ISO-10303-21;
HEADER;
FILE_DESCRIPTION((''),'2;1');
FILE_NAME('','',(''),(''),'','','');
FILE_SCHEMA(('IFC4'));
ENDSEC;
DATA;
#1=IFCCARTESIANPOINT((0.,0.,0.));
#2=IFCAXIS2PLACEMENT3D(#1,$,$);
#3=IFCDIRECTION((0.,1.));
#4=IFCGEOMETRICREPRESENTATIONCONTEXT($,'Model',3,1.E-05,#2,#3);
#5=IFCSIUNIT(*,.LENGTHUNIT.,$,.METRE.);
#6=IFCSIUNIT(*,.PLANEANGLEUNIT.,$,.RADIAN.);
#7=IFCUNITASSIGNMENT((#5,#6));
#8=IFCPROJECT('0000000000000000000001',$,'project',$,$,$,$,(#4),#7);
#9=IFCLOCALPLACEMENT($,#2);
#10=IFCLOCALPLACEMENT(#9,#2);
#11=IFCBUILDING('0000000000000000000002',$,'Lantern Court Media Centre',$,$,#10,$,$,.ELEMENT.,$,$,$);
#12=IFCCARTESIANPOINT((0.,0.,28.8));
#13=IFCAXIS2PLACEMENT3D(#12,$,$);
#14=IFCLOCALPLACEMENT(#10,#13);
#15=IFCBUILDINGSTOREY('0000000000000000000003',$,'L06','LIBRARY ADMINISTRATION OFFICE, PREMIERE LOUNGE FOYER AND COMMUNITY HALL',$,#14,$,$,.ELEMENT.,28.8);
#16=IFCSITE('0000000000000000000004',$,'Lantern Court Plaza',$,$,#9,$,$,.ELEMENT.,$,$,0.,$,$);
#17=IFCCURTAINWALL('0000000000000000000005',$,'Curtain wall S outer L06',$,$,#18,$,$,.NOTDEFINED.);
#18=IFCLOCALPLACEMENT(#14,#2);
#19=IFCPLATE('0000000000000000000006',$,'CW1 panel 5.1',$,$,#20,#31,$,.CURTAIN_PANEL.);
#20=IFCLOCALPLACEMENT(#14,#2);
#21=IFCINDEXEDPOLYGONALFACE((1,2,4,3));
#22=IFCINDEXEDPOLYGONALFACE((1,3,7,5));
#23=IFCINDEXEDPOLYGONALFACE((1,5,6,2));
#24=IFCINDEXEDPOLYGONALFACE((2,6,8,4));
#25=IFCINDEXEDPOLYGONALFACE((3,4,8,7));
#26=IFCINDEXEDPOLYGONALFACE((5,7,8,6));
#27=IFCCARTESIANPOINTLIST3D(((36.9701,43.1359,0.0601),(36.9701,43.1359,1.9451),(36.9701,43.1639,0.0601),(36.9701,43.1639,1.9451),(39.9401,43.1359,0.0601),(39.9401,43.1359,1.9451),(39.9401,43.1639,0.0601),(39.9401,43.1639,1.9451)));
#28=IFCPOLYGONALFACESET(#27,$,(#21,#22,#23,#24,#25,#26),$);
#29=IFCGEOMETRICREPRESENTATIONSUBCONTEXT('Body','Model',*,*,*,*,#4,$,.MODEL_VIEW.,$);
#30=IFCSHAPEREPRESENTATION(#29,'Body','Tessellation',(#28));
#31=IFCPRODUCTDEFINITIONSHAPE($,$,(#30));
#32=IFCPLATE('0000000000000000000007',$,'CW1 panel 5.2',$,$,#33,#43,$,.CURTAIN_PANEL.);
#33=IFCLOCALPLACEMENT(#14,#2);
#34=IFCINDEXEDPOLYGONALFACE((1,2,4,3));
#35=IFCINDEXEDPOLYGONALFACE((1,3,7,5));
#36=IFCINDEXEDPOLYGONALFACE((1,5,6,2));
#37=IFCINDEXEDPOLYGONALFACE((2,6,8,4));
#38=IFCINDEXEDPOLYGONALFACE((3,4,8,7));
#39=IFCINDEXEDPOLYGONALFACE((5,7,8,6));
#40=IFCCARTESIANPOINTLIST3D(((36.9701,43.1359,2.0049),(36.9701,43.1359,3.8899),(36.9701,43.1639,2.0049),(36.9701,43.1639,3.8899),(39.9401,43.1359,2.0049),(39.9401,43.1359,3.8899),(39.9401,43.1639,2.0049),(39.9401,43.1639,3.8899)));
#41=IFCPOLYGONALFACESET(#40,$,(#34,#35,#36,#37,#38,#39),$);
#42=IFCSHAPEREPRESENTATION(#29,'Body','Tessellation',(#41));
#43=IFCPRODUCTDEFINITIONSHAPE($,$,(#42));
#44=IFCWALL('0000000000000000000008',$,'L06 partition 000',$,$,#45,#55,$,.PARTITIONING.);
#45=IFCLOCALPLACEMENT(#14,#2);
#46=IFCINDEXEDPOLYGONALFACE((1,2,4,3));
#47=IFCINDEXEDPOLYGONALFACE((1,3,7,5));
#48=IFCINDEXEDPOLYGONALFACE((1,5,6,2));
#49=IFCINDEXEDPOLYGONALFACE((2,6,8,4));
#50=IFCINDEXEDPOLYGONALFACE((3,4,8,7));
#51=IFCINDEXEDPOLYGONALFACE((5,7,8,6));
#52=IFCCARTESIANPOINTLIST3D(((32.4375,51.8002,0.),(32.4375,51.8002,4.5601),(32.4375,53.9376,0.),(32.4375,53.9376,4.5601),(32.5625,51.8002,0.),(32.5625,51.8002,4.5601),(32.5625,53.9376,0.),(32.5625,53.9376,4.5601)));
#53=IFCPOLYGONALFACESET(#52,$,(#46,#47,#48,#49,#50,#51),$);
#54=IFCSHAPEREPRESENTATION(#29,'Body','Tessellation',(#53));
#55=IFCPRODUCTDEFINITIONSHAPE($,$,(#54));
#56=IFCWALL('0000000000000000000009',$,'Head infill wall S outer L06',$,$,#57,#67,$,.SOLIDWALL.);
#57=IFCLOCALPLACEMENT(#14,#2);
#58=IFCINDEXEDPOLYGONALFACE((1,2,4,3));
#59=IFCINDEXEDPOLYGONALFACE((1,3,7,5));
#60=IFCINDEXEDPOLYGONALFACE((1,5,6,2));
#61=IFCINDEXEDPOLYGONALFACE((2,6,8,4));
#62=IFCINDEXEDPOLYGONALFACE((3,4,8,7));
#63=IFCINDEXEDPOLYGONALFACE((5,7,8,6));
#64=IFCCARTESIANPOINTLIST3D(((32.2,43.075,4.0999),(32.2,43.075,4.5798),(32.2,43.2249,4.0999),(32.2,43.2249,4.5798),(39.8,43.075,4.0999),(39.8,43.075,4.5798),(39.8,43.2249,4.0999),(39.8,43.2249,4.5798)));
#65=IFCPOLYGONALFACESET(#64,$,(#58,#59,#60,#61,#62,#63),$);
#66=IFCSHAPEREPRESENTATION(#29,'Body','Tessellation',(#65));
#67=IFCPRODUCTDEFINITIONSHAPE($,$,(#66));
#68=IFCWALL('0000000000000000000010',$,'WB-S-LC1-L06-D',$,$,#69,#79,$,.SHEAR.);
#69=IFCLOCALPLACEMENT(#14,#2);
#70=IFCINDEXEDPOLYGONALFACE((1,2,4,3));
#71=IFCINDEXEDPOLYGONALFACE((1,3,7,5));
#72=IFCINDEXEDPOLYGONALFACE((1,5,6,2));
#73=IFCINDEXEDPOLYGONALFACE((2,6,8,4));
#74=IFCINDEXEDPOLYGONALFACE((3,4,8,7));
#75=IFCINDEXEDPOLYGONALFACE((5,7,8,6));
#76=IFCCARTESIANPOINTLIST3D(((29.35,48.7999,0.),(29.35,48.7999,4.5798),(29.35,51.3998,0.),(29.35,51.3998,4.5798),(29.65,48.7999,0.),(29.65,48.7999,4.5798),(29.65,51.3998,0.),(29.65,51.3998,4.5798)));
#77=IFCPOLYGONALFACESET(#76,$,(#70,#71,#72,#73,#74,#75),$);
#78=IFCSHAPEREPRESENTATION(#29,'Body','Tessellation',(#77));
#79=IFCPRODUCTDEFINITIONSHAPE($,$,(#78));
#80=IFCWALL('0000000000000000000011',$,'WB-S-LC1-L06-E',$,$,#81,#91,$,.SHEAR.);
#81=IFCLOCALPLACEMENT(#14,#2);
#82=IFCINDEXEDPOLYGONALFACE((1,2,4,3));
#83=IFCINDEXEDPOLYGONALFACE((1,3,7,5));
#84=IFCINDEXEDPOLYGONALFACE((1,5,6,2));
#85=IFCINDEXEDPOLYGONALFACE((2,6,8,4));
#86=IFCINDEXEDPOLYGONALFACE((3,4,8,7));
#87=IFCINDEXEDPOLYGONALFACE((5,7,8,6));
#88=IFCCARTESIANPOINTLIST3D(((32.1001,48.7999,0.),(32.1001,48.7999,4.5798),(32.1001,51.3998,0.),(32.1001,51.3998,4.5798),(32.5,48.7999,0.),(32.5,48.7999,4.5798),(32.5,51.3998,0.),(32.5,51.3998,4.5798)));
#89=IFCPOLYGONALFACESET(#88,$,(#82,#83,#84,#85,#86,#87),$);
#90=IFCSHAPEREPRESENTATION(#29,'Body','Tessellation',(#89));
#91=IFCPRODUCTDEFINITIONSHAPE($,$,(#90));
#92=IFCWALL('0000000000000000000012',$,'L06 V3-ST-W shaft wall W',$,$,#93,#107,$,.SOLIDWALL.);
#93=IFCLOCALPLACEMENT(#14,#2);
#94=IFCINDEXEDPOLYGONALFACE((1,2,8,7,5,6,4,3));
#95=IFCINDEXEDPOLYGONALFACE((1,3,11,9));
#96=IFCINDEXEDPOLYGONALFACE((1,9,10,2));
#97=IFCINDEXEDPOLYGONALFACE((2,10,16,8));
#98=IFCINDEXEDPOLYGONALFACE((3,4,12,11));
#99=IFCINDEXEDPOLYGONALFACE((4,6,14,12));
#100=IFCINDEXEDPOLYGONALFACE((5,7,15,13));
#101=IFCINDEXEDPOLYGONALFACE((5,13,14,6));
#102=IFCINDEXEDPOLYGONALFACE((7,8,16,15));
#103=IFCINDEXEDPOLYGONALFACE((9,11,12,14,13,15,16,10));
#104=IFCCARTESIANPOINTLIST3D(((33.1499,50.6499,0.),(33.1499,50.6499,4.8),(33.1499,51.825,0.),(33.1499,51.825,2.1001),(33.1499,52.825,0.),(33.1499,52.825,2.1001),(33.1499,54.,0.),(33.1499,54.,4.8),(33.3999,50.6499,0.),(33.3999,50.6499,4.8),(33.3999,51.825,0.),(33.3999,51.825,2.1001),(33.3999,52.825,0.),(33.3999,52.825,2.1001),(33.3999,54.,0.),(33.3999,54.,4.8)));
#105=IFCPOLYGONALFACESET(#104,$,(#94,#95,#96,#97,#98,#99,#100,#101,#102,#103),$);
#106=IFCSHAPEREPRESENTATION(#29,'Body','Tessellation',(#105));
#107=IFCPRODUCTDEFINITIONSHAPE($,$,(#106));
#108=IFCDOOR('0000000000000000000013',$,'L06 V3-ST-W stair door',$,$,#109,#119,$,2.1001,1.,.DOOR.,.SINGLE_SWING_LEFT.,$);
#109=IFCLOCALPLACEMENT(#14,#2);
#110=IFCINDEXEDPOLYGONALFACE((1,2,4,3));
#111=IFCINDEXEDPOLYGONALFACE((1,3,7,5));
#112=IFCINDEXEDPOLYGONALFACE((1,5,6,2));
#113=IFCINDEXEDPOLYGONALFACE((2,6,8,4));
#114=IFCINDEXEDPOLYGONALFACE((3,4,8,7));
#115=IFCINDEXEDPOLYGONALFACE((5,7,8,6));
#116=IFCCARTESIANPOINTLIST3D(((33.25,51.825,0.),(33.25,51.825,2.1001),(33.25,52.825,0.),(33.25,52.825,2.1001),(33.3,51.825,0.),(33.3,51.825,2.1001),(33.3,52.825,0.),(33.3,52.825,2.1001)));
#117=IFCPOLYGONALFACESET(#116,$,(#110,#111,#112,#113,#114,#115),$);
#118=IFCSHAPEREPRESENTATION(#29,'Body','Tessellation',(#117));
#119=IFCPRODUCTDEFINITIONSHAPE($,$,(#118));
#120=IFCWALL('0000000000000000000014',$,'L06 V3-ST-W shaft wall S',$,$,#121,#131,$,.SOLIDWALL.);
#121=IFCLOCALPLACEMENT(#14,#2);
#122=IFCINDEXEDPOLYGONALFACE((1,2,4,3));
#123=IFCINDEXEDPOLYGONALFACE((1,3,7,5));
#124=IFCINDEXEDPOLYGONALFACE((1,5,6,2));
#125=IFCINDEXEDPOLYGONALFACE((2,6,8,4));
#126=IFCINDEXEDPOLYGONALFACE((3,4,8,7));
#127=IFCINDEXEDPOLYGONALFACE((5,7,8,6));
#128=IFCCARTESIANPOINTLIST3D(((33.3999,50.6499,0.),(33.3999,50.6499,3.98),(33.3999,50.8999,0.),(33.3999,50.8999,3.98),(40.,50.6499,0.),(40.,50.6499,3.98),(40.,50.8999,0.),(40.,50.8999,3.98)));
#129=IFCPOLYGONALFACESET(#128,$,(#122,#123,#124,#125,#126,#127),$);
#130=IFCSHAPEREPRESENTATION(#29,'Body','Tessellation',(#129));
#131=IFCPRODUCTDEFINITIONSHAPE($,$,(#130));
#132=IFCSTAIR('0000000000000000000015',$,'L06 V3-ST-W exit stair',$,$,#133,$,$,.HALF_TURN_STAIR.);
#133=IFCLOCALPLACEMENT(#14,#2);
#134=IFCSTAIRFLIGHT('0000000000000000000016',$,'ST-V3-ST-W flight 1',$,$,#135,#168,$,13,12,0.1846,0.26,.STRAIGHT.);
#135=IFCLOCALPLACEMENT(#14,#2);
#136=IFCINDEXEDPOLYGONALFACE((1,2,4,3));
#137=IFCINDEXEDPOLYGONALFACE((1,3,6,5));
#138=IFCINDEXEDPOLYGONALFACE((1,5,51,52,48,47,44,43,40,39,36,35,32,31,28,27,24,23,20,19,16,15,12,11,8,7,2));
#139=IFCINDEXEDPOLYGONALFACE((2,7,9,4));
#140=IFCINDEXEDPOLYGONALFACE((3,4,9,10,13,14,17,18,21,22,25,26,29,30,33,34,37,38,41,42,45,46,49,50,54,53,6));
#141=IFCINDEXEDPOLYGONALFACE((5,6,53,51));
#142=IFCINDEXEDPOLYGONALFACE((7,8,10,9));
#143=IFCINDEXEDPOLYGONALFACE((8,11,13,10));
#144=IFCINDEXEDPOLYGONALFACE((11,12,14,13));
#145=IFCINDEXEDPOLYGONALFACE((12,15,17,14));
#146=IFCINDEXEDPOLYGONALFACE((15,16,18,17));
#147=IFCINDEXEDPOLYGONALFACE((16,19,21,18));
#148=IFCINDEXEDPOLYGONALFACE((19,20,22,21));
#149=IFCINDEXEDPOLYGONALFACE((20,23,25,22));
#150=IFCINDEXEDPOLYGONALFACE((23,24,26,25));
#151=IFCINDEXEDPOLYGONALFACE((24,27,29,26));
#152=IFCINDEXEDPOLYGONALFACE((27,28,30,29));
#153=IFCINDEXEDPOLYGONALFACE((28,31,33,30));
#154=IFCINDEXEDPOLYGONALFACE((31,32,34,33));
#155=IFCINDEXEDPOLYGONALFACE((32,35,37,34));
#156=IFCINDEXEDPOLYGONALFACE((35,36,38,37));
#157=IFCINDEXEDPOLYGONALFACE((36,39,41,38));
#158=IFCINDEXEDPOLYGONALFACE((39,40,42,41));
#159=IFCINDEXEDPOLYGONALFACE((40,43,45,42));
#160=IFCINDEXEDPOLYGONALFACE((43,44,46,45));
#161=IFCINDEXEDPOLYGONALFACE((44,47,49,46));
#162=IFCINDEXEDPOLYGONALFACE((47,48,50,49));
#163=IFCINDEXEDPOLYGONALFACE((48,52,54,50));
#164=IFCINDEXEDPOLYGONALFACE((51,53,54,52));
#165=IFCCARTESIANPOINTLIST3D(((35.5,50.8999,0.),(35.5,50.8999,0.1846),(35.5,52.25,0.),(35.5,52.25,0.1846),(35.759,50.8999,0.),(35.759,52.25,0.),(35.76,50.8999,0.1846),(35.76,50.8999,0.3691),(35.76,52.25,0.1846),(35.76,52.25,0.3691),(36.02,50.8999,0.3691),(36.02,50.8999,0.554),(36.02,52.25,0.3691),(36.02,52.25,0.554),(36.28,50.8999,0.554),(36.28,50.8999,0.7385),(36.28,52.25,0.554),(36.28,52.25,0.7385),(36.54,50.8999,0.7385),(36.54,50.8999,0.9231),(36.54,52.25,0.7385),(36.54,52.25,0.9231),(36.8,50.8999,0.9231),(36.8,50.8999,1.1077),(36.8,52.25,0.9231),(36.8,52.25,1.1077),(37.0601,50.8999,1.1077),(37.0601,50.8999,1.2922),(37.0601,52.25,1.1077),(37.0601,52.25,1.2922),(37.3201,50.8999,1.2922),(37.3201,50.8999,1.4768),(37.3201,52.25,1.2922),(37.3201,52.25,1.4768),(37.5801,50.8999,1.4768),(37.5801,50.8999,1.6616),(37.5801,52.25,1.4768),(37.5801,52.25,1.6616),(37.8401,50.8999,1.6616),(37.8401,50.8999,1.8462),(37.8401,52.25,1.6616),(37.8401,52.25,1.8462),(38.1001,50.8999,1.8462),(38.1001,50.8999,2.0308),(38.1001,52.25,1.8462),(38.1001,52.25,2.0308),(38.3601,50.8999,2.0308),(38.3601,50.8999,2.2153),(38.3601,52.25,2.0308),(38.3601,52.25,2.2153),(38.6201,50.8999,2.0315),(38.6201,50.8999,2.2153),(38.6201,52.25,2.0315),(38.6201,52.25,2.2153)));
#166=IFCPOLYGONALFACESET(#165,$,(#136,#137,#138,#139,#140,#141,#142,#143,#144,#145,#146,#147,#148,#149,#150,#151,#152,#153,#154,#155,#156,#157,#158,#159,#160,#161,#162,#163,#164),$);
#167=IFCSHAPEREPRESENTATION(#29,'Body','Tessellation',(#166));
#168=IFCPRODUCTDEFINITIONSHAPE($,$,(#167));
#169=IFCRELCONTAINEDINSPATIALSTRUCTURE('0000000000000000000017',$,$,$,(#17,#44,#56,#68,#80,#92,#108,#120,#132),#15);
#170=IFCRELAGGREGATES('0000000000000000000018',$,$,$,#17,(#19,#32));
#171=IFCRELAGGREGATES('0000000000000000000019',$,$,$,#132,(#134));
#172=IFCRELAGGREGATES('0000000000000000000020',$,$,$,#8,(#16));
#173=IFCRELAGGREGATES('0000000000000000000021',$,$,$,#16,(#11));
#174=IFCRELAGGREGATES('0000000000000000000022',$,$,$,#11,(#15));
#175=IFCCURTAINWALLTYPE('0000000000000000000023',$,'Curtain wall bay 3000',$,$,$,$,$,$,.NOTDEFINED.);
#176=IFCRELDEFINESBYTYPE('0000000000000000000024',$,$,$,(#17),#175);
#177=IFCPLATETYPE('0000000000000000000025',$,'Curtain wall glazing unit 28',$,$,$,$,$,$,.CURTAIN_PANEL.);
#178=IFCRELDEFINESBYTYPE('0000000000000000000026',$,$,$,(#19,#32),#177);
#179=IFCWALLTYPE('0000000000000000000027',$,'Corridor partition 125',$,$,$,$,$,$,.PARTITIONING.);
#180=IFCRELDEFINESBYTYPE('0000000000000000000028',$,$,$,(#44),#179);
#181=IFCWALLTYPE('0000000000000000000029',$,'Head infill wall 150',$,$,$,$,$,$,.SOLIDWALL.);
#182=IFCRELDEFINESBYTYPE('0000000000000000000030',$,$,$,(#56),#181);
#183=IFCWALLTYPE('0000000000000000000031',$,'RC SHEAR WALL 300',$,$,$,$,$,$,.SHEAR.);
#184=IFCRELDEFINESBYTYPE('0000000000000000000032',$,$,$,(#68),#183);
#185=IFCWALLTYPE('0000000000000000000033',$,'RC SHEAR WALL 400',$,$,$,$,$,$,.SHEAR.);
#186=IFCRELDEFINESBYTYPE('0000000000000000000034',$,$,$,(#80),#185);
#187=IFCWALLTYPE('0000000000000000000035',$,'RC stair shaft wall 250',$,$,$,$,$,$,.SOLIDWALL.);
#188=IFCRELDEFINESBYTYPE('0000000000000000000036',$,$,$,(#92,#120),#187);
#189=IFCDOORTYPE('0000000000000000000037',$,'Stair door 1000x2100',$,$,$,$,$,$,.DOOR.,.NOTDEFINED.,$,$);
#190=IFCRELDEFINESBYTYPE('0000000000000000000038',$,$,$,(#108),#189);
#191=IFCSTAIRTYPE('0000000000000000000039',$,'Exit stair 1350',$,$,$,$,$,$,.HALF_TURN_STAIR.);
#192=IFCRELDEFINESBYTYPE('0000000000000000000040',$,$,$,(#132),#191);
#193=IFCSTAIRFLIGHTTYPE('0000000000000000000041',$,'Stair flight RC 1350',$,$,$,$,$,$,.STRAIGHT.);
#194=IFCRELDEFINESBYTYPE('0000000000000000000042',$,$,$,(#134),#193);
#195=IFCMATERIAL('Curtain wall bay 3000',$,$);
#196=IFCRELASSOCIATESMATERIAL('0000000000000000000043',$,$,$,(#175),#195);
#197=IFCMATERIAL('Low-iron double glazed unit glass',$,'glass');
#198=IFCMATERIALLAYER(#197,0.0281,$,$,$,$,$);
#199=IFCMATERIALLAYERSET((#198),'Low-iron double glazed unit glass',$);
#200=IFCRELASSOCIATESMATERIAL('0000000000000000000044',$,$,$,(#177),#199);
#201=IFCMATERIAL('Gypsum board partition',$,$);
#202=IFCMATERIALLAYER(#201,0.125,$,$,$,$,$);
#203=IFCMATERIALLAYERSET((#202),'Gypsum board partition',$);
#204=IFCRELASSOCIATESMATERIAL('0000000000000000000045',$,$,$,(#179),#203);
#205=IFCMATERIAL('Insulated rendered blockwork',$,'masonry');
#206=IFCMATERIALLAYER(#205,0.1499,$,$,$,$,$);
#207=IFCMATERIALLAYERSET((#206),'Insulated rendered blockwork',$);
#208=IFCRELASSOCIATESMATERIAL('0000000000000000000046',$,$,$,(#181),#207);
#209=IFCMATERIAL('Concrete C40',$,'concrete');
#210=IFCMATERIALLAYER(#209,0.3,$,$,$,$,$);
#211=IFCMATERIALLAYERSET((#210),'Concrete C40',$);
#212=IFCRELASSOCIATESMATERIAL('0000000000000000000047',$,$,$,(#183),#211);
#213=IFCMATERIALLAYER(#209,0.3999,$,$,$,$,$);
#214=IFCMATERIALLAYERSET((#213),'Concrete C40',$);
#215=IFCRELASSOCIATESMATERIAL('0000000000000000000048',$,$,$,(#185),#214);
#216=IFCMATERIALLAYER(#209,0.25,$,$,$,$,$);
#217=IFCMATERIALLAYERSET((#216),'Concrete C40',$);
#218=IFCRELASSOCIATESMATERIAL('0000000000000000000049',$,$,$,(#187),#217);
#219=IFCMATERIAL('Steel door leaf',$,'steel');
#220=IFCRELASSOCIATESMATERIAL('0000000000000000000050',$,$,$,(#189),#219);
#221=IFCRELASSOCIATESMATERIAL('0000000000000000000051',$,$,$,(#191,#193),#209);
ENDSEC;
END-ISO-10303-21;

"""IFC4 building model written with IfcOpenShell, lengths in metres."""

from ifc_helpers import new_model, si_unit, direction, frame, frame_2d, origin, origin_2d, place, context, subcontext, project, spatial, polyline, rectangle, outline, extrude, material, layer, layer_set, type_object, element, fill, aggregate, save


model = new_model("IFC4")

# Units and contexts
model_context = context("Model", 3, precision=1e-05, world=origin(), true_north=direction((0.0, 1.0)))
body_context = subcontext(model_context, "Body", "Model", "MODEL_VIEW")
ifc_project = project(units=[si_unit("LENGTHUNIT", "METRE"), si_unit("PLANEANGLEUNIT", "RADIAN")], contexts=[model_context])

# Site, building, storey
site_placement = place(None, origin())
site = spatial("IfcSite", under=ifc_project, at=site_placement, Name="Lantern Court Plaza", CompositionType="ELEMENT", RefElevation=0.0)
building_placement = place(site_placement, origin())
building = spatial("IfcBuilding", under=site, at=building_placement, Name="Lantern Court Media Centre", CompositionType="ELEMENT")
storey_placement = place(building_placement, frame((0.0, 0.0, 28.8)))
storey = spatial("IfcBuildingStorey", under=building, at=storey_placement, Name="L06", Description="LIBRARY ADMINISTRATION OFFICE, PREMIERE LOUNGE FOYER AND COMMUNITY HALL", CompositionType="ELEMENT", Elevation=28.8)

# Curtain wall
ifc_material_1 = material(Name="Curtain wall bay 3000")
curtain_wall_type = type_object("IfcCurtainWallType", Name="Curtain wall bay 3000", PredefinedType="NOTDEFINED", material=ifc_material_1)
curtain_wall_placement = place(storey_placement, origin())
curtain_wall = element("IfcCurtainWall", 1, at=curtain_wall_placement, inside=storey, type_object=curtain_wall_type, Name="Curtain wall S outer L06", PredefinedType="NOTDEFINED")

# Plates
ifc_material_2 = material(Name="Low-iron double glazed unit glass", Category="glass")
ifc_layer_1 = layer(ifc_material_2, 0.0281)
ifc_layer_set_1 = layer_set([ifc_layer_1], Name="Low-iron double glazed unit glass")
plate_type = type_object("IfcPlateType", Name="Curtain wall glazing unit 28", PredefinedType="CURTAIN_PANEL", material=ifc_layer_set_1)
plate_1_placement = place(storey_placement, frame((38.4551, 43.1499, 0.0601), z_axis=(0.0, 0.0, 1.0), x_axis=(1.0, 0.0, 0.0)))
plate_1 = element("IfcPlate", 2, at=plate_1_placement, type_object=plate_type, Name="CW1 panel 5.1", PredefinedType="CURTAIN_PANEL", context=body_context, shape_type="SweptSolid", body=[
    extrude(rectangle(XDim=2.97, YDim=0.0281, at=origin_2d()), origin(), (0.0, 0.0, 1.0), 1.885),
])
plate_2_placement = place(storey_placement, frame((38.4551, 43.1499, 2.0049), z_axis=(0.0, 0.0, 1.0), x_axis=(1.0, 0.0, 0.0)))
plate_2 = element("IfcPlate", 3, at=plate_2_placement, type_object=plate_type, Name="CW1 panel 5.2", PredefinedType="CURTAIN_PANEL", context=body_context, shape_type="SweptSolid", body=[
    extrude(rectangle(XDim=2.97, YDim=0.0281, at=origin_2d()), origin(), (0.0, 0.0, 1.0), 1.885),
])
aggregate(curtain_wall, [plate_1, plate_2])

# Walls
ifc_material_3 = material(Name="Gypsum board partition")
ifc_layer_2 = layer(ifc_material_3, 0.125)
ifc_layer_set_2 = layer_set([ifc_layer_2], Name="Gypsum board partition")
wall_type_1 = type_object("IfcWallType", Name="Corridor partition 125", PredefinedType="PARTITIONING", material=ifc_layer_set_2)
wall_1_placement = place(storey_placement, frame((32.5, 51.8, 0.0), z_axis=(0.0, 0.0, 1.0), x_axis=(0.0, 1.0, 0.0)))
element("IfcWall", 4, at=wall_1_placement, inside=storey, type_object=wall_type_1, Name="L06 partition 000", PredefinedType="PARTITIONING", context=body_context, shape_type="SweptSolid", body=[
    extrude(rectangle(XDim=2.1375, YDim=0.125, at=frame_2d((1.0688, 0.0))), origin(), (0.0, 0.0, 1.0), 4.5601),
])
ifc_material_4 = material(Name="Insulated rendered blockwork", Category="masonry")
ifc_layer_3 = layer(ifc_material_4, 0.1499)
ifc_layer_set_3 = layer_set([ifc_layer_3], Name="Insulated rendered blockwork")
wall_type_2 = type_object("IfcWallType", Name="Head infill wall 150", PredefinedType="SOLIDWALL", material=ifc_layer_set_3)
wall_2_placement = place(storey_placement, frame((32.2, 43.1499, 4.0999), z_axis=(0.0, 0.0, 1.0), x_axis=(1.0, 0.0, 0.0)))
element("IfcWall", 5, at=wall_2_placement, inside=storey, type_object=wall_type_2, Name="Head infill wall S outer L06", PredefinedType="SOLIDWALL", context=body_context, shape_type="SweptSolid", body=[
    extrude(rectangle(XDim=7.6001, YDim=0.1499, at=frame_2d((3.8, 0.0))), origin(), (0.0, 0.0, 1.0), 0.48),
])
ifc_material_5 = material(Name="Concrete C40", Category="concrete")
ifc_layer_4 = layer(ifc_material_5, 0.3)
ifc_layer_set_4 = layer_set([ifc_layer_4], Name="Concrete C40")
wall_type_3 = type_object("IfcWallType", Name="RC SHEAR WALL 300", PredefinedType="SHEAR", material=ifc_layer_set_4)
wall_3_placement = place(storey_placement, frame((29.5, 48.8, 0.0), z_axis=(0.0, 0.0, 1.0), x_axis=(0.0, 1.0, 0.0)))
element("IfcWall", 6, at=wall_3_placement, inside=storey, type_object=wall_type_3, Name="WB-S-LC1-L06-D", PredefinedType="SHEAR", context=body_context, shape_type="SweptSolid", body=[
    extrude(rectangle(XDim=2.5999, YDim=0.3, at=frame_2d((1.2998, 0.0))), origin(), (0.0, 0.0, 1.0), 4.5798),
])
ifc_layer_5 = layer(ifc_material_5, 0.3999)
ifc_layer_set_5 = layer_set([ifc_layer_5], Name="Concrete C40")
wall_type_4 = type_object("IfcWallType", Name="RC SHEAR WALL 400", PredefinedType="SHEAR", material=ifc_layer_set_5)
wall_4_placement = place(storey_placement, frame((32.3, 48.8, 0.0), z_axis=(0.0, 0.0, 1.0), x_axis=(0.0, 1.0, 0.0)))
element("IfcWall", 7, at=wall_4_placement, inside=storey, type_object=wall_type_4, Name="WB-S-LC1-L06-E", PredefinedType="SHEAR", context=body_context, shape_type="SweptSolid", body=[
    extrude(rectangle(XDim=2.5999, YDim=0.3999, at=frame_2d((1.2998, 0.0))), origin(), (0.0, 0.0, 1.0), 4.5798),
])

# Wall, opening, door
ifc_layer_6 = layer(ifc_material_5, 0.25)
ifc_layer_set_6 = layer_set([ifc_layer_6], Name="Concrete C40")
wall_type_5 = type_object("IfcWallType", Name="RC stair shaft wall 250", PredefinedType="SOLIDWALL", material=ifc_layer_set_6)
wall_5_placement = place(storey_placement, frame((33.2749, 50.6499, 0.0), z_axis=(0.0, 0.0, 1.0), x_axis=(0.0, 1.0, 0.0)))
wall_5 = element("IfcWall", 8, at=wall_5_placement, inside=storey, type_object=wall_type_5, Name="L06 V3-ST-W shaft wall W", PredefinedType="SOLIDWALL", context=body_context, shape_type="SweptSolid", body=[
    extrude(rectangle(XDim=3.3501, YDim=0.25, at=frame_2d((1.675, 0.0))), origin(), (0.0, 0.0, 1.0), 4.8),
])
opening_placement = place(wall_5_placement, frame((1.175, 0.0, 0.0)))
opening = element("IfcOpeningElement", 9, at=opening_placement, cuts=wall_5, PredefinedType="OPENING", context=body_context, shape_type="SweptSolid", body=[
    extrude(rectangle(XDim=1.0, YDim=2.1001, at=frame_2d((0.5, 1.05))), frame((0.0, 0.135, 0.0), z_axis=(0.0, -1.0, 0.0), x_axis=(1.0, 0.0, 0.0)), (0.0, 0.0, 1.0), 0.27),
])
ifc_material_6 = material(Name="Steel door leaf", Category="steel")
door_type = type_object("IfcDoorType", Name="Stair door 1000x2100", OperationType="NOTDEFINED", PredefinedType="DOOR", material=ifc_material_6)
door_placement = place(opening_placement, origin())
door = element("IfcDoor", 10, at=door_placement, inside=storey, type_object=door_type, Name="L06 V3-ST-W stair door", OperationType="SINGLE_SWING_LEFT", OverallHeight=2.1001, OverallWidth=1.0, PredefinedType="DOOR", context=body_context, shape_type="SweptSolid", body=[
    extrude(rectangle(XDim=1.0, YDim=2.1001, at=frame_2d((0.5, 1.05))), frame((0.0, 0.0249, 0.0), z_axis=(0.0, -1.0, 0.0), x_axis=(1.0, 0.0, 0.0)), (0.0, 0.0, 1.0), 0.05),
])
fill(opening, door)

# Wall
wall_6_placement = place(storey_placement, frame((33.3999, 50.7749, 0.0), z_axis=(0.0, 0.0, 1.0), x_axis=(1.0, 0.0, 0.0)))
element("IfcWall", 11, at=wall_6_placement, inside=storey, type_object=wall_type_5, Name="L06 V3-ST-W shaft wall S", PredefinedType="SOLIDWALL", context=body_context, shape_type="SweptSolid", body=[
    extrude(rectangle(XDim=6.6001, YDim=0.25, at=frame_2d((3.3, 0.0))), origin(), (0.0, 0.0, 1.0), 3.98),
])

# Stair, stair flight
stair_type = type_object("IfcStairType", Name="Exit stair 1350", PredefinedType="HALF_TURN_STAIR", material=ifc_material_5)
stair_placement = place(storey_placement, origin())
stair = element("IfcStair", 12, at=stair_placement, inside=storey, type_object=stair_type, Name="L06 V3-ST-W exit stair", PredefinedType="HALF_TURN_STAIR")
stair_flight_type = type_object("IfcStairFlightType", Name="Stair flight RC 1350", PredefinedType="STRAIGHT", material=ifc_material_5)
stair_flight_placement = place(storey_placement, frame((35.5, 51.575, 0.0), z_axis=(0.0, 0.0, 1.0), x_axis=(1.0, 0.0, 0.0)))
stair_flight = element("IfcStairFlight", 13, at=stair_flight_placement, type_object=stair_flight_type, Name="ST-V3-ST-W flight 1", NumberOfRisers=13, NumberOfTreads=12, PredefinedType="STRAIGHT", RiserHeight=0.1846, TreadLength=0.26, context=body_context, shape_type="SweptSolid", body=[
    extrude(outline(polyline([(0.0, 0.0), (0.0, 0.1846), (0.26, 0.1846), (0.26, 0.3691), (0.52, 0.3691), (0.52, 0.554), (0.78, 0.554), (0.78, 0.7385), (1.04, 0.7385), (1.04, 0.9231), (1.3, 0.9231), (1.3, 1.1077), (1.5601, 1.1077), (1.5601, 1.2922), (1.8201, 1.2922), (1.8201, 1.4768), (2.0801, 1.4768), (2.0801, 1.6616), (2.3401, 1.6616), (2.3401, 1.8462), (2.6001, 1.8462), (2.6001, 2.0308), (2.8601, 2.0308), (2.8601, 2.2153), (3.1201, 2.2153), (3.1201, 2.3999), (3.1201, 2.0315), (0.259, 0.0), (0.0, 0.0)])), frame((0.0, 0.675, 0.0), z_axis=(0.0, -1.0, 0.0), x_axis=(1.0, 0.0, 0.0)), (0.0, 0.0, 1.0), 1.3501),
])
aggregate(stair, [stair_flight])

save(model, "model.ifc")
